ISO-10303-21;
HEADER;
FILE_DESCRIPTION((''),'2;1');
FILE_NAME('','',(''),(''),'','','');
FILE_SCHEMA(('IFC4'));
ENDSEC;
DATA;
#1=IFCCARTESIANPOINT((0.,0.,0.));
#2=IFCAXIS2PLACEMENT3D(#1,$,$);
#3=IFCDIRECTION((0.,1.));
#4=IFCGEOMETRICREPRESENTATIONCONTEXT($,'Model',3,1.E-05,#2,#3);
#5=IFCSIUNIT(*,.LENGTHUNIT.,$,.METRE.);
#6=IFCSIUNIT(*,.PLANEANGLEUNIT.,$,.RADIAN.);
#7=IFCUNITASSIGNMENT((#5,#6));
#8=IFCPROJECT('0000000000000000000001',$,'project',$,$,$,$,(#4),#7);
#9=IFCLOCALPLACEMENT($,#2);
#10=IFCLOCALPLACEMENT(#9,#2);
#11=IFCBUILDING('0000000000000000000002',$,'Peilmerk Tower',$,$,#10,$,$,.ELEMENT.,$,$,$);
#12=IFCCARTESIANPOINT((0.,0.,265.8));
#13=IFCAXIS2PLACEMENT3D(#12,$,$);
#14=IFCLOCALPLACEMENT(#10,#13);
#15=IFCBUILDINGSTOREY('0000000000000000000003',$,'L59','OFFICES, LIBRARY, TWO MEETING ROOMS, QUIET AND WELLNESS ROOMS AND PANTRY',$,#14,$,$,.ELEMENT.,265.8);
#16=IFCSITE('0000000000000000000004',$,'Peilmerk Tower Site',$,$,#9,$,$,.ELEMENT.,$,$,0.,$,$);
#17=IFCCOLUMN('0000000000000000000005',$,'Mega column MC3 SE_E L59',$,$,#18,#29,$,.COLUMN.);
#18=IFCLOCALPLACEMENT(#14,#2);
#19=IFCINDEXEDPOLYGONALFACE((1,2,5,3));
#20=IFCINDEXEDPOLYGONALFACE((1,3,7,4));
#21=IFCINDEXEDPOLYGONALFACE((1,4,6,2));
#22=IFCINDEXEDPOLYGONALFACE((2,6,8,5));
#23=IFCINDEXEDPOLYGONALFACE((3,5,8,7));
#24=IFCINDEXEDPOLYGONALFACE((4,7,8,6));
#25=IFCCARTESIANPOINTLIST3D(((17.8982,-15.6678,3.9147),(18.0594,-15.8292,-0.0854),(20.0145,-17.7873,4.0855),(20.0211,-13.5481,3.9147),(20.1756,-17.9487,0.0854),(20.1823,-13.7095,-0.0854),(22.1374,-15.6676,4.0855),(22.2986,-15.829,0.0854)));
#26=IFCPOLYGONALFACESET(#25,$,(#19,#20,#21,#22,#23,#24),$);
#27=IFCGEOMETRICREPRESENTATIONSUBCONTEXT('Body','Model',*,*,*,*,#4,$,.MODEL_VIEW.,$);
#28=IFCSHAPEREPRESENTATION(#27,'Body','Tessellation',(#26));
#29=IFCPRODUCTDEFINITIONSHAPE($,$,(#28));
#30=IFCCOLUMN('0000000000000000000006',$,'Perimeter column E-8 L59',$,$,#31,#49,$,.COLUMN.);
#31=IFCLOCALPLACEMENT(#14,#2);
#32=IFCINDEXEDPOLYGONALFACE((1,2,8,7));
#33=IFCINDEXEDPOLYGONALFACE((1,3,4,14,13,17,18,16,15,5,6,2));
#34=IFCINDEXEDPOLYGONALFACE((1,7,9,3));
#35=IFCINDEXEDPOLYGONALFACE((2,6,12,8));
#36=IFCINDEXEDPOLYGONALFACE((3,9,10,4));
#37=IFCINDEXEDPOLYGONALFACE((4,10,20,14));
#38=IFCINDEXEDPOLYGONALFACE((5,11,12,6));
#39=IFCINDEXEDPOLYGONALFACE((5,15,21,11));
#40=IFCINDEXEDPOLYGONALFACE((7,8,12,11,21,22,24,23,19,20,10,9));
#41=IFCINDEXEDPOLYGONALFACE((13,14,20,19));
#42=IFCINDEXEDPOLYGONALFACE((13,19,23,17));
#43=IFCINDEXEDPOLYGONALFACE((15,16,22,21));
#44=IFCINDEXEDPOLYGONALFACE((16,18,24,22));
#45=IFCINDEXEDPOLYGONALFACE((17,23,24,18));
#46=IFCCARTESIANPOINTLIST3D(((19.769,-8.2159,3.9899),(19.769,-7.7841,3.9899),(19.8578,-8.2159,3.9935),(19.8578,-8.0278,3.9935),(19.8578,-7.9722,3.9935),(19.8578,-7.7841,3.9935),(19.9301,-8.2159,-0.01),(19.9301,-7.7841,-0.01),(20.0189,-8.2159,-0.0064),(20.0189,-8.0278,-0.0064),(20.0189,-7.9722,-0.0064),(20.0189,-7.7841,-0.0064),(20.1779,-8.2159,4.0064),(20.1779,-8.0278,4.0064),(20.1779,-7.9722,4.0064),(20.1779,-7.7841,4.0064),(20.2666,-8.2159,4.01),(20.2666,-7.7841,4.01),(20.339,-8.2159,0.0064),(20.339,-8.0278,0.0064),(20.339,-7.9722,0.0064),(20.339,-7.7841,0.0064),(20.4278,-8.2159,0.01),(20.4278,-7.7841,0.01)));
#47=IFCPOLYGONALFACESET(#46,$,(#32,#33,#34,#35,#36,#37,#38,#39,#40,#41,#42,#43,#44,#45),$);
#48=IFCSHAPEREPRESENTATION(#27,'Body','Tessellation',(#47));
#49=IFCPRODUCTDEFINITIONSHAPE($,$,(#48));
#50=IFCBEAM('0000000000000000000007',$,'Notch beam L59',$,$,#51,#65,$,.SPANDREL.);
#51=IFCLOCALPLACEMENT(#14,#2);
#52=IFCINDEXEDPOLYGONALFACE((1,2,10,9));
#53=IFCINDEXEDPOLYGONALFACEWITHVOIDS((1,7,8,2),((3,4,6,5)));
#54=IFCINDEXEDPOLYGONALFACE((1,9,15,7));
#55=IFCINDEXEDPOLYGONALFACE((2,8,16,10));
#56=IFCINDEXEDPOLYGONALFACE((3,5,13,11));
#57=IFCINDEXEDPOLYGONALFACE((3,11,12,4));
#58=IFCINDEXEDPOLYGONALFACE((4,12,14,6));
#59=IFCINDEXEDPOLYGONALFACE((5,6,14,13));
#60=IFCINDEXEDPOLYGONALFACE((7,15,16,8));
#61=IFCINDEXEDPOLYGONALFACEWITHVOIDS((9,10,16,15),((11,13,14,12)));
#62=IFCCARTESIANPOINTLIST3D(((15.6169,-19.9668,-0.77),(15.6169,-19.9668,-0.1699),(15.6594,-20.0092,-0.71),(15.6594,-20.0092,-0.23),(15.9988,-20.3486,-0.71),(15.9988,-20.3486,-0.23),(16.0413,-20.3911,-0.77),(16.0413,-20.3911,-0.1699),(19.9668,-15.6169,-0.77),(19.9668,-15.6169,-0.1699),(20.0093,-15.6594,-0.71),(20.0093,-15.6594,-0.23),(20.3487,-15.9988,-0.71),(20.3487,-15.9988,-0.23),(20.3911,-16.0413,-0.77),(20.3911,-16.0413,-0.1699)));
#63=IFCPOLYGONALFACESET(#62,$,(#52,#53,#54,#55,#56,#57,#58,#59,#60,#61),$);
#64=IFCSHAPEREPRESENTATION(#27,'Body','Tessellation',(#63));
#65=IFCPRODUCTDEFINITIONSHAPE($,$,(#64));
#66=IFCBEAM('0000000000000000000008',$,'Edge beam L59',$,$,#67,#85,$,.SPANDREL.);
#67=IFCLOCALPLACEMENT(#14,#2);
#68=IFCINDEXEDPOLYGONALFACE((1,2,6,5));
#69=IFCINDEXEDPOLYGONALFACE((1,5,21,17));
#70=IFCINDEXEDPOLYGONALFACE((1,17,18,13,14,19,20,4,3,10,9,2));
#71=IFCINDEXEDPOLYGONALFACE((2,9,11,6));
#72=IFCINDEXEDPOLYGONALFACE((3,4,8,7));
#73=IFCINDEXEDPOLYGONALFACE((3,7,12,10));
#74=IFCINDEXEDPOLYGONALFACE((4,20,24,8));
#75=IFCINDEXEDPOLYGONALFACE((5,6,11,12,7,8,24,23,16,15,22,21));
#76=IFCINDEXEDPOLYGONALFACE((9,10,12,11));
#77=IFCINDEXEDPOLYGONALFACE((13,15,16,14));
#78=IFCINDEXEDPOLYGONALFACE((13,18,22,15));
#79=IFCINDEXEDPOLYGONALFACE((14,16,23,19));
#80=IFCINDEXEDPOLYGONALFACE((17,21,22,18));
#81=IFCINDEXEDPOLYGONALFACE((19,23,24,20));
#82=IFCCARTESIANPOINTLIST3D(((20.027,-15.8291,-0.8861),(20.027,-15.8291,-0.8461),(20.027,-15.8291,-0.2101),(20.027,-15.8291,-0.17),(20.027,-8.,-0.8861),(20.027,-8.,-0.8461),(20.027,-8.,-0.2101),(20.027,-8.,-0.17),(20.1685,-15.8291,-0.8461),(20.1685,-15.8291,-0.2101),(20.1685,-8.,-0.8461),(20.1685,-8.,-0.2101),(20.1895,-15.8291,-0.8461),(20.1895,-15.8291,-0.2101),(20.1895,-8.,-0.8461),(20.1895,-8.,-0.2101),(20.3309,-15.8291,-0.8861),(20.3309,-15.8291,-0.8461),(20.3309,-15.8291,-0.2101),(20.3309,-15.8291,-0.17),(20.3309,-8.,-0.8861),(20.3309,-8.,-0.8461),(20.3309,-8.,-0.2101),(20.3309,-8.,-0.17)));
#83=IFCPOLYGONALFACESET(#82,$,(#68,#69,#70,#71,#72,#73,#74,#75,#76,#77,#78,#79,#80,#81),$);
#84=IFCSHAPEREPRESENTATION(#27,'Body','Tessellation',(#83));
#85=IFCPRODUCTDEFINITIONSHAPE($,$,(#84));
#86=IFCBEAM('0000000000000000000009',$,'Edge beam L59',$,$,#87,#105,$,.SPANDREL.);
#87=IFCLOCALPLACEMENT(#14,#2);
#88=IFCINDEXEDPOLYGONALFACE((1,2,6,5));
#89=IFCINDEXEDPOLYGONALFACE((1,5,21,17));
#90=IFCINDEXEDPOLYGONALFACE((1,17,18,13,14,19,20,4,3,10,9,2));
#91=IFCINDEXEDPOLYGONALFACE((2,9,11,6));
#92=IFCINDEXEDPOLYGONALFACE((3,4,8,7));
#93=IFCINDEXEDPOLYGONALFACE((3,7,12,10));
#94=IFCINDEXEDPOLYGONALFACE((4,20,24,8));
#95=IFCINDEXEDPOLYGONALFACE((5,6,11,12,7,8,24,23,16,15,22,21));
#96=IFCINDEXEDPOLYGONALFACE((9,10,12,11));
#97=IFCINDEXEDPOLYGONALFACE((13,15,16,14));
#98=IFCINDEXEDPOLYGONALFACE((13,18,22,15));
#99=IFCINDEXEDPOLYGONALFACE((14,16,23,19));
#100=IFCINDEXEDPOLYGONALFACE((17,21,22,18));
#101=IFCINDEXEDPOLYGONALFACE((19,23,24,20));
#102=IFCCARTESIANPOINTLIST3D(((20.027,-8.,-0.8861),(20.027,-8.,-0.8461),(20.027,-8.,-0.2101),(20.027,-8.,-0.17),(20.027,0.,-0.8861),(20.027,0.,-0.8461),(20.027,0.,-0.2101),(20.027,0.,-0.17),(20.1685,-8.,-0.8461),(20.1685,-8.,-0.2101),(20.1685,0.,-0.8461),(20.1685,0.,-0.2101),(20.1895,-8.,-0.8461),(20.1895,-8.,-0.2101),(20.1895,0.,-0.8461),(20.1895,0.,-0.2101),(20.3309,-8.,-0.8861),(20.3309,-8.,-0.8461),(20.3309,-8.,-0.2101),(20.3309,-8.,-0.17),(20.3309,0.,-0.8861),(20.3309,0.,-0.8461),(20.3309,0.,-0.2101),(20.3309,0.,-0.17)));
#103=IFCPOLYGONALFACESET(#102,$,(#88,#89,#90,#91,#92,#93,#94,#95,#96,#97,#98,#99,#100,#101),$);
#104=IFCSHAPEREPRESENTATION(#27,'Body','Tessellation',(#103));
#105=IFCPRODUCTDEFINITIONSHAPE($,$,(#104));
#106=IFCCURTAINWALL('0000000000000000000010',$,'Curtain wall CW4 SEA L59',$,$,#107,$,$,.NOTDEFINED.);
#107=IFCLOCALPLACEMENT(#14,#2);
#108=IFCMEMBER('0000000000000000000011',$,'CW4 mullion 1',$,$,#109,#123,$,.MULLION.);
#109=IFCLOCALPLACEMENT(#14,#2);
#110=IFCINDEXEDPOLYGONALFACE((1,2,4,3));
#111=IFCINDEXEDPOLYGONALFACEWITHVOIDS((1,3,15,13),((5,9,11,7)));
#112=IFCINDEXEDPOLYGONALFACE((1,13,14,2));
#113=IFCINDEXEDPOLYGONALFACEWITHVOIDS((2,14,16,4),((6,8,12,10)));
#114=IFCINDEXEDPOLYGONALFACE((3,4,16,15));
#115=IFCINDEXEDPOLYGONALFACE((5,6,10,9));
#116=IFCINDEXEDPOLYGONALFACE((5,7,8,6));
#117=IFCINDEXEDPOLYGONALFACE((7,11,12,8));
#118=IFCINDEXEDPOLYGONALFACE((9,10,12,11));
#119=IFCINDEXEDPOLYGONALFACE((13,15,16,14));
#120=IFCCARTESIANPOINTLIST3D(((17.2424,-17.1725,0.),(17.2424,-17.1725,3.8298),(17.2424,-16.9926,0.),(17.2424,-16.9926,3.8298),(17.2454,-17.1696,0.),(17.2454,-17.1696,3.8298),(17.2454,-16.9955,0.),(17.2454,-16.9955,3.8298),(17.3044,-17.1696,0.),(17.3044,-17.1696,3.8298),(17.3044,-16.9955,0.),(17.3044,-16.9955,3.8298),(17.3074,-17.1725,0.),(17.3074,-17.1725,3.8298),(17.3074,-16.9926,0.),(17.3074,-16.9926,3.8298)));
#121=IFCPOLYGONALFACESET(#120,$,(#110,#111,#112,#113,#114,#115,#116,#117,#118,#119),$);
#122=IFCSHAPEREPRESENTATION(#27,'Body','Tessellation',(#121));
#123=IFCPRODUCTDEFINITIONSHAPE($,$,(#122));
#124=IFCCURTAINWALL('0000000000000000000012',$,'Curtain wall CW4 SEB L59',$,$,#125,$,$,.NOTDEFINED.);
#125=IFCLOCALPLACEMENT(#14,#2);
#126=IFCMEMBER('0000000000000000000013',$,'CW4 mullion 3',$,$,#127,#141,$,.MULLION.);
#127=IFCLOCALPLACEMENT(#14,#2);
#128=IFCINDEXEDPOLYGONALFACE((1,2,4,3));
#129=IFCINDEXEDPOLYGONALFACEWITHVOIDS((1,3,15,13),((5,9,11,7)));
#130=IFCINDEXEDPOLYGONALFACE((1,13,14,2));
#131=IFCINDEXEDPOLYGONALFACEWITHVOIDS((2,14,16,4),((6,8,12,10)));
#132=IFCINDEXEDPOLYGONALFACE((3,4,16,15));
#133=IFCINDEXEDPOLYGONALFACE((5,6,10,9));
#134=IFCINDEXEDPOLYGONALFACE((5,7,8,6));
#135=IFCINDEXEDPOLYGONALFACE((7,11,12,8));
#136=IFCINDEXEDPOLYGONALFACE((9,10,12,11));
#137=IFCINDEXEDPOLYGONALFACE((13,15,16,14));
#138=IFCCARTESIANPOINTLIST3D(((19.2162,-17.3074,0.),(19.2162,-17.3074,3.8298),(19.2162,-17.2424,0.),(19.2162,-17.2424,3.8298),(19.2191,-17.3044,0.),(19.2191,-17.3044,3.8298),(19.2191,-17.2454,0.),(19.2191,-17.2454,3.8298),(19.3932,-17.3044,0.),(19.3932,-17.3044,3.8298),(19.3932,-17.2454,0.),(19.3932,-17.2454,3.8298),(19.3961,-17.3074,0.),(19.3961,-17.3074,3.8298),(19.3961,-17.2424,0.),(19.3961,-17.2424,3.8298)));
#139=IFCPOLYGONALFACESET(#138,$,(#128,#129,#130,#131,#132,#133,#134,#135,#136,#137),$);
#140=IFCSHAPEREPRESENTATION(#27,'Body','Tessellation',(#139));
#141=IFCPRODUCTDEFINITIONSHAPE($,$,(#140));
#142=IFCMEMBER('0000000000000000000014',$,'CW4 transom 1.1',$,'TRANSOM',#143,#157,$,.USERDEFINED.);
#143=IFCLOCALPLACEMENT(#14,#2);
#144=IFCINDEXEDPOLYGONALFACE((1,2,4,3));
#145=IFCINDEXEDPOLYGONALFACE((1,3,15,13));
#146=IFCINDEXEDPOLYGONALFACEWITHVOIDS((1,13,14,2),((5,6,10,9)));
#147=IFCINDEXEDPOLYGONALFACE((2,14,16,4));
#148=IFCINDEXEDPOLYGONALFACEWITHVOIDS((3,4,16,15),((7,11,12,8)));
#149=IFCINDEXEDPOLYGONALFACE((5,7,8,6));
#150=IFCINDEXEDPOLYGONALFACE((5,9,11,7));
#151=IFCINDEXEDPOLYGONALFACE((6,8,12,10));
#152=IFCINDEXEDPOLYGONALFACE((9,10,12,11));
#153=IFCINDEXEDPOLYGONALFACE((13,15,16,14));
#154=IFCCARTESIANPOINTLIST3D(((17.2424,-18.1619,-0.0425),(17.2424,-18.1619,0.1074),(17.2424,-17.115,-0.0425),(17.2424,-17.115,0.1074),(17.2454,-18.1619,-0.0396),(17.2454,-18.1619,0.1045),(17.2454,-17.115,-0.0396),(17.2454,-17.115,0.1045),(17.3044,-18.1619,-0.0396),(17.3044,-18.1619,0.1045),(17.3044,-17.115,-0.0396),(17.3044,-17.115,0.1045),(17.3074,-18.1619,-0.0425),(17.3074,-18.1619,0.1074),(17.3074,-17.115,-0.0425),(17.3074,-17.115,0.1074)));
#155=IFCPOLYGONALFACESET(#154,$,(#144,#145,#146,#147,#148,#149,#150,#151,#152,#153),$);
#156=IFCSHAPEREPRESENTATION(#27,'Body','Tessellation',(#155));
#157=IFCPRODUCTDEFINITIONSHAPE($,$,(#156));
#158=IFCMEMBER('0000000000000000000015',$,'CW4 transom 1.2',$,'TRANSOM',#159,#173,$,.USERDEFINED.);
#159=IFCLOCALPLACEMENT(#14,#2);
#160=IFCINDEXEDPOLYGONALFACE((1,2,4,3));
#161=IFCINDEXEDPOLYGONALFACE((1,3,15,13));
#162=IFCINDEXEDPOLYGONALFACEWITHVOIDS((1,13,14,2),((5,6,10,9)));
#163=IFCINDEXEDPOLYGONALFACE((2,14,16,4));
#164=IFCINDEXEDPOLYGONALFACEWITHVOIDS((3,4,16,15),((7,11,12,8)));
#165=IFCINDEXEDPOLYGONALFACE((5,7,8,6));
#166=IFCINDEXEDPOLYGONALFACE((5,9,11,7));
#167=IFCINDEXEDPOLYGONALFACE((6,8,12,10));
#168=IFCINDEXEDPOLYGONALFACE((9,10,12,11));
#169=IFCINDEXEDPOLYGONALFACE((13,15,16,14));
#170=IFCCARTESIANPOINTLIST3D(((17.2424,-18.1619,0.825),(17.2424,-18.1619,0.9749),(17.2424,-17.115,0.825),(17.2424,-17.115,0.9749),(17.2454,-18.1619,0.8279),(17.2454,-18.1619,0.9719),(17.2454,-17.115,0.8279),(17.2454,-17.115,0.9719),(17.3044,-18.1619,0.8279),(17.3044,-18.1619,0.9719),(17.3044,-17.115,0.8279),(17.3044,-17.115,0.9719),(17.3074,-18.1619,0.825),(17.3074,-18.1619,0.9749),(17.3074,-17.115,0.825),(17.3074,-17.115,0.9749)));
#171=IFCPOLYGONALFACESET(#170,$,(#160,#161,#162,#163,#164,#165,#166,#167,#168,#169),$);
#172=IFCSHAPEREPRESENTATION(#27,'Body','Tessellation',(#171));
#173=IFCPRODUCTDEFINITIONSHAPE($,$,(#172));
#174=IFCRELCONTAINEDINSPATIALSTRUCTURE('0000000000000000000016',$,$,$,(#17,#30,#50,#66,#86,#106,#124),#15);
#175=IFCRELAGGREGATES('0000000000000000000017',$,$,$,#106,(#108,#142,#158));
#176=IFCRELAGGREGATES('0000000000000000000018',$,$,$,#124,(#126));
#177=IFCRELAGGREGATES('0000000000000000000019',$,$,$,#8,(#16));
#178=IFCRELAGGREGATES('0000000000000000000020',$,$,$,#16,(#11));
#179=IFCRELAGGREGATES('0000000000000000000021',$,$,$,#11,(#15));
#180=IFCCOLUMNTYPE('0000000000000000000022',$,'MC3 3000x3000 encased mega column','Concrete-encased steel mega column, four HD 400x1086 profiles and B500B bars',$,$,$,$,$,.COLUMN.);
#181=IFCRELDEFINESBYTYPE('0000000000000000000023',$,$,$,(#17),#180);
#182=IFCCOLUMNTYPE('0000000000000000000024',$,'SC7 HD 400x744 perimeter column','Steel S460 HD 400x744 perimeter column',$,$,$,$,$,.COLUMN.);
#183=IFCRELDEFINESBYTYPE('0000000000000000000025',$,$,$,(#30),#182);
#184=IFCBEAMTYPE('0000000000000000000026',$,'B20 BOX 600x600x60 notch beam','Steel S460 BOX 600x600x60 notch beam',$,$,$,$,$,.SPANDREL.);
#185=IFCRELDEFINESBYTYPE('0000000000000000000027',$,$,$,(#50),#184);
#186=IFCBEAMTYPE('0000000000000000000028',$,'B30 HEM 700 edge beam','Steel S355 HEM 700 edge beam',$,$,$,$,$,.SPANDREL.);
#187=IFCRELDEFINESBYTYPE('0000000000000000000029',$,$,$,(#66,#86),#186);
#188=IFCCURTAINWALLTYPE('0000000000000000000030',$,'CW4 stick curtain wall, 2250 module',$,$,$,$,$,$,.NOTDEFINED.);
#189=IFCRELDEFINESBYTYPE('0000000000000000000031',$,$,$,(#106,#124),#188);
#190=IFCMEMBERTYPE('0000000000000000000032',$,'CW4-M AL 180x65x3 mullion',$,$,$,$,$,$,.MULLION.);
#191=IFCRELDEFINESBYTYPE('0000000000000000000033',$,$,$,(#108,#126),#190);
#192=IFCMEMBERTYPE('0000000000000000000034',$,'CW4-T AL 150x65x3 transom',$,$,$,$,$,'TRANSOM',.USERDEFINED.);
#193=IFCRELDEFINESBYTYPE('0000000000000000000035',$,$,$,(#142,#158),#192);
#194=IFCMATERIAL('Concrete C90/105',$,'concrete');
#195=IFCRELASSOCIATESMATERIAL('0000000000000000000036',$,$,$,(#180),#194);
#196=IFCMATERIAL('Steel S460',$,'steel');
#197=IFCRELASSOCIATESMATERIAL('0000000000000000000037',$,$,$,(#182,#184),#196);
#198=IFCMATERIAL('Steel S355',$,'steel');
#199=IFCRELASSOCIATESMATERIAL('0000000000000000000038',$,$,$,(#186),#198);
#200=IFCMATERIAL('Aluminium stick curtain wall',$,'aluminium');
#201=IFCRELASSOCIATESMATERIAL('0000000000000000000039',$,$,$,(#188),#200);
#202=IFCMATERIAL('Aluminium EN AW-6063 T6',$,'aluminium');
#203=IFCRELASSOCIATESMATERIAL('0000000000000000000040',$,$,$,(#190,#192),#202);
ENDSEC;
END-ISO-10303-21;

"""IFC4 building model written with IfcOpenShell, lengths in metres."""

from ifc_helpers import new_model, si_unit, direction, frame, origin, origin_2d, place, context, subcontext, project, spatial, rectangle, hollow_rectangle, i_section, extrude, material, material_profile, profile_set, type_object, element, aggregate, save


model = new_model("IFC4")

# Units and contexts
model_context = context("Model", 3, precision=1e-05, world=origin(), true_north=direction((0.0, 1.0)))
body_context = subcontext(model_context, "Body", "Model", "MODEL_VIEW")
ifc_project = project(units=[si_unit("LENGTHUNIT", "METRE"), si_unit("PLANEANGLEUNIT", "RADIAN")], contexts=[model_context])

# Site, building, storey
site_placement = place(None, origin())
site = spatial("IfcSite", under=ifc_project, at=site_placement, Name="Peilmerk Tower Site", CompositionType="ELEMENT", RefElevation=0.0)
building_placement = place(site_placement, origin())
building = spatial("IfcBuilding", under=site, at=building_placement, Name="Peilmerk Tower", CompositionType="ELEMENT")
storey_placement = place(building_placement, frame((0.0, 0.0, 265.8)))
storey = spatial("IfcBuildingStorey", under=building, at=storey_placement, Name="L59", Description="OFFICES, LIBRARY, TWO MEETING ROOMS, QUIET AND WELLNESS ROOMS AND PANTRY", CompositionType="ELEMENT", Elevation=265.8)

# Columns
ifc_material_1 = material(Name="Concrete C90/105", Category="concrete")
ifc_material_profile_1 = material_profile(ifc_material_1, rectangle(XDim=3.0, YDim=3.0, at=origin_2d()), Name="RC 3000x3000")
ifc_profile_set_1 = profile_set([ifc_material_profile_1], Name="Concrete C90/105")
column_type_1 = type_object("IfcColumnType", Name="MC3 3000x3000 encased mega column", Description="Concrete-encased steel mega column, four HD 400x1086 profiles and B500B bars", PredefinedType="COLUMN", material=ifc_profile_set_1)
column_1_placement = place(storey_placement, frame((20.179, -15.8291, 0.0), z_axis=(-0.040218, 0.040279, 0.998379), x_axis=(-0.707642, -0.706571, 0.0)))
element("IfcColumn", 1, at=column_1_placement, inside=storey, type_object=column_type_1, Name="Mega column MC3 SE_E L59", PredefinedType="COLUMN", context=body_context, shape_type="SweptSolid", body=[
    extrude(rectangle(XDim=3.0, YDim=3.0, at=origin_2d()), origin(), (0.0, 0.0, 1.0), 4.0066),
])
ifc_material_2 = material(Name="Steel S460", Category="steel")
ifc_material_profile_2 = material_profile(ifc_material_2, i_section(OverallWidth=0.4319, OverallDepth=0.498, WebThickness=0.0557, FlangeThickness=0.0889, at=origin_2d()), Name="HD 400x744")
ifc_profile_set_2 = profile_set([ifc_material_profile_2], Name="Steel S460")
column_type_2 = type_object("IfcColumnType", Name="SC7 HD 400x744 perimeter column", Description="Steel S460 HD 400x744 perimeter column", PredefinedType="COLUMN", material=ifc_profile_set_2)
column_2_placement = place(storey_placement, frame((20.179, -8.0, 0.0), z_axis=(-0.040251, 0.0, 0.99919), x_axis=(0.0, -1.0, 0.0)))
element("IfcColumn", 2, at=column_2_placement, inside=storey, type_object=column_type_2, Name="Perimeter column E-8 L59", PredefinedType="COLUMN", context=body_context, shape_type="SweptSolid", body=[
    extrude(i_section(OverallWidth=0.4319, OverallDepth=0.498, WebThickness=0.0557, FlangeThickness=0.0889, at=origin_2d()), origin(), (0.0, 0.0, 1.0), 4.0032),
])

# Beams
ifc_material_profile_3 = material_profile(ifc_material_2, hollow_rectangle(XDim=0.6001, YDim=0.6001, WallThickness=0.0601, at=origin_2d()), Name="BOX 600x600x60")
ifc_profile_set_3 = profile_set([ifc_material_profile_3], Name="Steel S460")
beam_type_1 = type_object("IfcBeamType", Name="B20 BOX 600x600x60 notch beam", Description="Steel S460 BOX 600x600x60 notch beam", PredefinedType="SPANDREL", material=ifc_profile_set_3)
beam_1_placement = place(storey_placement, frame((20.179, -15.8291, -0.47), z_axis=(-0.707107, -0.707107, 0.0), x_axis=(0.707107, -0.707107, 0.0)))
element("IfcBeam", 3, at=beam_1_placement, inside=storey, type_object=beam_type_1, Name="Notch beam L59", PredefinedType="SPANDREL", context=body_context, shape_type="SweptSolid", body=[
    extrude(hollow_rectangle(XDim=0.6001, YDim=0.6001, WallThickness=0.0601, at=origin_2d()), origin(), (0.0, 0.0, 1.0), 6.1516),
])
ifc_material_3 = material(Name="Steel S355", Category="steel")
ifc_material_profile_4 = material_profile(ifc_material_3, i_section(OverallWidth=0.304, OverallDepth=0.7161, WebThickness=0.021, FlangeThickness=0.04, at=origin_2d()), Name="HEM 700")
ifc_profile_set_4 = profile_set([ifc_material_profile_4], Name="Steel S355")
beam_type_2 = type_object("IfcBeamType", Name="B30 HEM 700 edge beam", Description="Steel S355 HEM 700 edge beam", PredefinedType="SPANDREL", material=ifc_profile_set_4)
beam_2_placement = place(storey_placement, frame((20.179, -15.8291, -0.5281), z_axis=(0.0, 1.0, 0.0), x_axis=(-1.0, 0.0, 0.0)))
element("IfcBeam", 4, at=beam_2_placement, inside=storey, type_object=beam_type_2, Name="Edge beam L59", PredefinedType="SPANDREL", context=body_context, shape_type="SweptSolid", body=[
    extrude(i_section(OverallWidth=0.304, OverallDepth=0.7161, WebThickness=0.021, FlangeThickness=0.04, at=origin_2d()), origin(), (0.0, 0.0, 1.0), 7.8291),
])
beam_3_placement = place(storey_placement, frame((20.179, -8.0, -0.5281), z_axis=(0.0, 1.0, 0.0), x_axis=(-1.0, 0.0, 0.0)))
element("IfcBeam", 5, at=beam_3_placement, inside=storey, type_object=beam_type_2, Name="Edge beam L59", PredefinedType="SPANDREL", context=body_context, shape_type="SweptSolid", body=[
    extrude(i_section(OverallWidth=0.304, OverallDepth=0.7161, WebThickness=0.021, FlangeThickness=0.04, at=origin_2d()), origin(), (0.0, 0.0, 1.0), 8.0),
])

# Curtain walls, members
ifc_material_4 = material(Name="Aluminium stick curtain wall", Category="aluminium")
curtain_wall_type = type_object("IfcCurtainWallType", Name="CW4 stick curtain wall, 2250 module", PredefinedType="NOTDEFINED", material=ifc_material_4)
curtain_wall_1_placement = place(storey_placement, origin())
curtain_wall_1 = element("IfcCurtainWall", 6, at=curtain_wall_1_placement, inside=storey, type_object=curtain_wall_type, Name="Curtain wall CW4 SEA L59", PredefinedType="NOTDEFINED")
ifc_material_5 = material(Name="Aluminium EN AW-6063 T6", Category="aluminium")
ifc_material_profile_5 = material_profile(ifc_material_5, hollow_rectangle(XDim=0.0649, YDim=0.1799, WallThickness=0.0029, at=origin_2d()), Name="AL 180x65x3")
ifc_profile_set_5 = profile_set([ifc_material_profile_5], Name="Aluminium EN AW-6063 T6")
member_type_1 = type_object("IfcMemberType", Name="CW4-M AL 180x65x3 mullion", PredefinedType="MULLION", material=ifc_profile_set_5)
member_1_placement = place(storey_placement, frame((17.2749, -17.0825, 0.0), z_axis=(0.0, 0.0, 1.0), x_axis=(1.0, 0.0, 0.0)))
member_1 = element("IfcMember", 7, at=member_1_placement, type_object=member_type_1, Name="CW4 mullion 1", PredefinedType="MULLION", context=body_context, shape_type="SweptSolid", body=[
    extrude(hollow_rectangle(XDim=0.0649, YDim=0.1799, WallThickness=0.0029, at=origin_2d()), origin(), (0.0, 0.0, 1.0), 3.8298),
])
curtain_wall_2_placement = place(storey_placement, origin())
curtain_wall_2 = element("IfcCurtainWall", 8, at=curtain_wall_2_placement, inside=storey, type_object=curtain_wall_type, Name="Curtain wall CW4 SEB L59", PredefinedType="NOTDEFINED")
member_2_placement = place(storey_placement, frame((19.3062, -17.2749, 0.0), z_axis=(0.0, 0.0, 1.0), x_axis=(0.0, 1.0, 0.0)))
member_2 = element("IfcMember", 9, at=member_2_placement, type_object=member_type_1, Name="CW4 mullion 3", PredefinedType="MULLION", context=body_context, shape_type="SweptSolid", body=[
    extrude(hollow_rectangle(XDim=0.0649, YDim=0.1799, WallThickness=0.0029, at=origin_2d()), origin(), (0.0, 0.0, 1.0), 3.8298),
])

# Members
ifc_material_profile_6 = material_profile(ifc_material_5, hollow_rectangle(XDim=0.0649, YDim=0.1499, WallThickness=0.0029, at=origin_2d()), Name="AL 150x65x3")
ifc_profile_set_6 = profile_set([ifc_material_profile_6], Name="Aluminium EN AW-6063 T6")
member_type_2 = type_object("IfcMemberType", Name="CW4-T AL 150x65x3 transom", ElementType="TRANSOM", PredefinedType="USERDEFINED", material=ifc_profile_set_6)
member_3_placement = place(storey_placement, frame((17.2749, -17.115, 0.0325), z_axis=(0.0, -1.0, 0.0), x_axis=(1.0, 0.0, 0.0)))
member_3 = element("IfcMember", 10, at=member_3_placement, type_object=member_type_2, Name="CW4 transom 1.1", ObjectType="TRANSOM", PredefinedType="USERDEFINED", context=body_context, shape_type="SweptSolid", body=[
    extrude(hollow_rectangle(XDim=0.0649, YDim=0.1499, WallThickness=0.0029, at=origin_2d()), origin(), (0.0, 0.0, 1.0), 1.0469),
])
member_4_placement = place(storey_placement, frame((17.2749, -17.115, 0.8999), z_axis=(0.0, -1.0, 0.0), x_axis=(1.0, 0.0, 0.0)))
member_4 = element("IfcMember", 11, at=member_4_placement, type_object=member_type_2, Name="CW4 transom 1.2", ObjectType="TRANSOM", PredefinedType="USERDEFINED", context=body_context, shape_type="SweptSolid", body=[
    extrude(hollow_rectangle(XDim=0.0649, YDim=0.1499, WallThickness=0.0029, at=origin_2d()), origin(), (0.0, 0.0, 1.0), 1.0469),
])
aggregate(curtain_wall_1, [member_1, member_3, member_4])

aggregate(curtain_wall_2, [member_2])

save(model, "model.ifc")
